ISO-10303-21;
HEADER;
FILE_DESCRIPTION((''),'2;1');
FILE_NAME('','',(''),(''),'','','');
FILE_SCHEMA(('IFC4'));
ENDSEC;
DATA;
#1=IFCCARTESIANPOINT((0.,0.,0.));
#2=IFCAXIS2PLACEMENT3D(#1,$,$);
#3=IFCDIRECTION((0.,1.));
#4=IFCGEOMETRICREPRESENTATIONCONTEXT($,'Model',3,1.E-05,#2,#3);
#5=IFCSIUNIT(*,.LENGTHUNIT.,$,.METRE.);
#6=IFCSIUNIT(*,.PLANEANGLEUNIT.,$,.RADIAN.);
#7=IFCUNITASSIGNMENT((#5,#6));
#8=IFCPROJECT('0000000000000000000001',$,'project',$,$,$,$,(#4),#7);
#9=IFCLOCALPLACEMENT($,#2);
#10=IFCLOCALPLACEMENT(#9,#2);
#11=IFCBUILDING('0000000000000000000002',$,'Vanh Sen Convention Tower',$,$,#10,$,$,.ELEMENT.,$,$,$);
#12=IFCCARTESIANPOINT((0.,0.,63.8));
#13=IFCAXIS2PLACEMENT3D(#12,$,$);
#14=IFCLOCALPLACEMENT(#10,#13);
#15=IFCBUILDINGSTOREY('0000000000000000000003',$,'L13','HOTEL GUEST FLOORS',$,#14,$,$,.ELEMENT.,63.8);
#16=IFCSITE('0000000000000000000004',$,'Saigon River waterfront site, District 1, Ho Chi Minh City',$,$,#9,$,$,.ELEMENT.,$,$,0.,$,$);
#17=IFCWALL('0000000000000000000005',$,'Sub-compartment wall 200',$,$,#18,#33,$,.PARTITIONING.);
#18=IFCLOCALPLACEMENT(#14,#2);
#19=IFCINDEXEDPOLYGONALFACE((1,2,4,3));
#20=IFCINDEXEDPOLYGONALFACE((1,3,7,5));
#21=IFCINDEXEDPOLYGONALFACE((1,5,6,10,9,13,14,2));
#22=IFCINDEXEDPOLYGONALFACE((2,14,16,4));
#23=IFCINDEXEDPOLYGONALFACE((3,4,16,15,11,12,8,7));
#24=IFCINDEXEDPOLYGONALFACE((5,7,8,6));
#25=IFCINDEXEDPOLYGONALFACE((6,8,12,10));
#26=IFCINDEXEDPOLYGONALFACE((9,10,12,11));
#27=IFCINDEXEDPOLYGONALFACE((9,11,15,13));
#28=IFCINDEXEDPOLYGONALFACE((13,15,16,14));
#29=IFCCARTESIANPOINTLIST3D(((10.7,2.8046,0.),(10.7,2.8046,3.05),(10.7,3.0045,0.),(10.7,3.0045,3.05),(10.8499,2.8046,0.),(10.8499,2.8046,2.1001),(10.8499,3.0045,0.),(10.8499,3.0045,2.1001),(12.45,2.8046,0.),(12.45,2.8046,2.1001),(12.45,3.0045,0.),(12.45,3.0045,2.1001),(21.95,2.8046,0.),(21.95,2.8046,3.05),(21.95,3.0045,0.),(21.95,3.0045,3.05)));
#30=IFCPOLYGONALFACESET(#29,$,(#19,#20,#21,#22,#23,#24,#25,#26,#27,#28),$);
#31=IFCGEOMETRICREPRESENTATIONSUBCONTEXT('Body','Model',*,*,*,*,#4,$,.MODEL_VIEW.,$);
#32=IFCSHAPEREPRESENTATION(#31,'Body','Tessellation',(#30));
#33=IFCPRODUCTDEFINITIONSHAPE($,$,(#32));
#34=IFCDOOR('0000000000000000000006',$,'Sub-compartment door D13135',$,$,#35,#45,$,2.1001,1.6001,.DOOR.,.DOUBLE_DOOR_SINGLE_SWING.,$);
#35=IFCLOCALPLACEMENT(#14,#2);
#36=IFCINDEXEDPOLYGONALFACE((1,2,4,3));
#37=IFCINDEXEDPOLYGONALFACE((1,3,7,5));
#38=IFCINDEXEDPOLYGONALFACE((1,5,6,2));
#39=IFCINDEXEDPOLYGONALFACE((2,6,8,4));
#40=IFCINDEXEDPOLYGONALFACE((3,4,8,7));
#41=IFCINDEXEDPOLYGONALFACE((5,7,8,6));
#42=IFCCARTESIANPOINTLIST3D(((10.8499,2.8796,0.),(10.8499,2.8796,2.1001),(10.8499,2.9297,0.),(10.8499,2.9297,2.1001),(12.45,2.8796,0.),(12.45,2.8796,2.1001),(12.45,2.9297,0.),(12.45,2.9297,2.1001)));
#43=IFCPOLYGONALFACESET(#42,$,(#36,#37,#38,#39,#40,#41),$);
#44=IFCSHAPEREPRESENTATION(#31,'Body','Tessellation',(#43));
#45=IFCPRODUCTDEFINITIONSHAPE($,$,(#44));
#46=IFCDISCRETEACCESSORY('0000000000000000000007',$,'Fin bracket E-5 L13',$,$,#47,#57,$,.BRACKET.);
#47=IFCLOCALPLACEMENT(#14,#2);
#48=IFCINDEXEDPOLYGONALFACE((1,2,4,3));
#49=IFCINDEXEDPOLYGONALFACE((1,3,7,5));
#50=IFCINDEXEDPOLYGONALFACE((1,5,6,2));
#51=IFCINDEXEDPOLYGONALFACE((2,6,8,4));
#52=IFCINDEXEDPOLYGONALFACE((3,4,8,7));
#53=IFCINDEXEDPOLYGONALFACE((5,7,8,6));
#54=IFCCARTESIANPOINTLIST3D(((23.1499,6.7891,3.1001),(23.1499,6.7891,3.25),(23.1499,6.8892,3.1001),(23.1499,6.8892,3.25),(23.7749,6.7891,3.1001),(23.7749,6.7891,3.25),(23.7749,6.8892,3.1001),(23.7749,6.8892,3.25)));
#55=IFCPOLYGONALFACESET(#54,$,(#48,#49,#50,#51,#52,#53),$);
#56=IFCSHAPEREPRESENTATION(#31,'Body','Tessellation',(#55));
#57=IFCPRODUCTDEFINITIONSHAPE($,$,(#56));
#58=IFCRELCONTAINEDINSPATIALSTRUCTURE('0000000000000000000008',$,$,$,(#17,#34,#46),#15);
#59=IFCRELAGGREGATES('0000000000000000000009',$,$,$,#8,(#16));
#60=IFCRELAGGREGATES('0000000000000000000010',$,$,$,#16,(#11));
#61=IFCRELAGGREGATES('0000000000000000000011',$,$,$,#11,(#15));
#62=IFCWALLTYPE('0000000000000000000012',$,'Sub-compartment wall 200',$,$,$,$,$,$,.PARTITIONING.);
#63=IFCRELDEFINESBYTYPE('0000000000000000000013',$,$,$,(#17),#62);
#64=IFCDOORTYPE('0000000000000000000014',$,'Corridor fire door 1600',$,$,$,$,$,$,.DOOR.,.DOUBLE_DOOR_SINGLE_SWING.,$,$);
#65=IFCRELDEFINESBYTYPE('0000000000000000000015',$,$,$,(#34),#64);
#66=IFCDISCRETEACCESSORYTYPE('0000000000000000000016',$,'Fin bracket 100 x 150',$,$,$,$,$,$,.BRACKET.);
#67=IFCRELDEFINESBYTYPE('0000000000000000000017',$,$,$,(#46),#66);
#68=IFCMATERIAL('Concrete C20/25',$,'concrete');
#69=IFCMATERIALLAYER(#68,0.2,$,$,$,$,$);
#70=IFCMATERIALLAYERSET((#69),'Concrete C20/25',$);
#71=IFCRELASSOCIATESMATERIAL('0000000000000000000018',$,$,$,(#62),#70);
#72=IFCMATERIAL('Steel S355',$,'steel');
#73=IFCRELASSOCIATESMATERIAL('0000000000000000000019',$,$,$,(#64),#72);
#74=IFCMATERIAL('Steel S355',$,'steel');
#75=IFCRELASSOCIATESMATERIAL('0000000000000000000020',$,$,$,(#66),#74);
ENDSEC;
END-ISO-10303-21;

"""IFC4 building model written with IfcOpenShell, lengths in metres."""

from ifc_helpers import new_model, si_unit, direction, frame, frame_2d, origin, origin_2d, place, context, subcontext, project, spatial, rectangle, extrude, material, layer, layer_set, type_object, element, fill, save


model = new_model("IFC4")

# Units and contexts
model_context = context("Model", 3, precision=1e-05, world=origin(), true_north=direction((0.0, 1.0)))
body_context = subcontext(model_context, "Body", "Model", "MODEL_VIEW")
ifc_project = project(units=[si_unit("LENGTHUNIT", "METRE"), si_unit("PLANEANGLEUNIT", "RADIAN")], contexts=[model_context])

# Site, building, storey
site_placement = place(None, origin())
site = spatial("IfcSite", under=ifc_project, at=site_placement, Name="Saigon River waterfront site, District 1, Ho Chi Minh City", CompositionType="ELEMENT", RefElevation=0.0)
building_placement = place(site_placement, origin())
building = spatial("IfcBuilding", under=site, at=building_placement, Name="Vanh Sen Convention Tower", CompositionType="ELEMENT")
storey_placement = place(building_placement, frame((0.0, 0.0, 63.8)))
storey = spatial("IfcBuildingStorey", under=building, at=storey_placement, Name="L13", Description="HOTEL GUEST FLOORS", CompositionType="ELEMENT", Elevation=63.8)

# Wall, opening, door
ifc_material_1 = material(Name="Concrete C20/25", Category="concrete")
ifc_layer_1 = layer(ifc_material_1, 0.2)
ifc_layer_set_1 = layer_set([ifc_layer_1], Name="Concrete C20/25")
wall_type_1 = type_object("IfcWallType", Name="Sub-compartment wall 200", PredefinedType="PARTITIONING", material=ifc_layer_set_1)
wall_1_placement = place(storey_placement, frame((21.95, 2.9045, 0.0), z_axis=(0.0, 0.0, 1.0), x_axis=(-1.0, 0.0, 0.0)))
wall_1 = element("IfcWall", 1, at=wall_1_placement, inside=storey, type_object=wall_type_1, Name="Sub-compartment wall 200", PredefinedType="PARTITIONING", context=body_context, shape_type="SweptSolid", body=[
    extrude(rectangle(XDim=11.25, YDim=0.2, at=frame_2d((5.625, 0.0))), origin(), (0.0, 0.0, 1.0), 3.05),
])
opening_1_placement = place(wall_1_placement, frame((9.5, 0.0, 0.0)))
opening_1 = element("IfcOpeningElement", 2, at=opening_1_placement, cuts=wall_1, PredefinedType="OPENING", context=body_context, shape_type="SweptSolid", body=[
    extrude(rectangle(XDim=1.6001, YDim=2.1001, at=frame_2d((0.8, 1.05))), frame((0.0, 0.1099, 0.0), z_axis=(0.0, -1.0, 0.0), x_axis=(1.0, 0.0, 0.0)), (0.0, 0.0, 1.0), 0.22),
])
ifc_material_2 = material(Name="Steel S355", Category="steel")
door_type_1 = type_object("IfcDoorType", Name="Corridor fire door 1600", OperationType="DOUBLE_DOOR_SINGLE_SWING", PredefinedType="DOOR", material=ifc_material_2)
door_1_placement = place(opening_1_placement, origin())
door_1 = element("IfcDoor", 3, at=door_1_placement, inside=storey, type_object=door_type_1, Name="Sub-compartment door D13135", OperationType="DOUBLE_DOOR_SINGLE_SWING", OverallHeight=2.1001, OverallWidth=1.6001, PredefinedType="DOOR", context=body_context, shape_type="SweptSolid", body=[
    extrude(rectangle(XDim=1.6001, YDim=2.1001, at=frame_2d((0.8, 1.05))), frame((0.0, 0.0249, 0.0), z_axis=(0.0, -1.0, 0.0), x_axis=(1.0, 0.0, 0.0)), (0.0, 0.0, 1.0), 0.05),
])
fill(opening_1, door_1)

# Discrete accessory
ifc_material_3 = material(Name="Steel S355", Category="steel")
discrete_accessory_type = type_object("IfcDiscreteAccessoryType", Name="Fin bracket 100 x 150", PredefinedType="BRACKET", material=ifc_material_3)
discrete_accessory_placement = place(storey_placement, frame((23.4624, 6.8391, 3.1001), z_axis=(0.0, 0.0, 1.0), x_axis=(1.0, 0.0, 0.0)))
element("IfcDiscreteAccessory", 4, at=discrete_accessory_placement, inside=storey, type_object=discrete_accessory_type, Name="Fin bracket E-5 L13", PredefinedType="BRACKET", context=body_context, shape_type="SweptSolid", body=[
    extrude(rectangle(XDim=0.625, YDim=0.1001, at=origin_2d()), origin(), (0.0, 0.0, 1.0), 0.1499),
])

save(model, "model.ifc")
